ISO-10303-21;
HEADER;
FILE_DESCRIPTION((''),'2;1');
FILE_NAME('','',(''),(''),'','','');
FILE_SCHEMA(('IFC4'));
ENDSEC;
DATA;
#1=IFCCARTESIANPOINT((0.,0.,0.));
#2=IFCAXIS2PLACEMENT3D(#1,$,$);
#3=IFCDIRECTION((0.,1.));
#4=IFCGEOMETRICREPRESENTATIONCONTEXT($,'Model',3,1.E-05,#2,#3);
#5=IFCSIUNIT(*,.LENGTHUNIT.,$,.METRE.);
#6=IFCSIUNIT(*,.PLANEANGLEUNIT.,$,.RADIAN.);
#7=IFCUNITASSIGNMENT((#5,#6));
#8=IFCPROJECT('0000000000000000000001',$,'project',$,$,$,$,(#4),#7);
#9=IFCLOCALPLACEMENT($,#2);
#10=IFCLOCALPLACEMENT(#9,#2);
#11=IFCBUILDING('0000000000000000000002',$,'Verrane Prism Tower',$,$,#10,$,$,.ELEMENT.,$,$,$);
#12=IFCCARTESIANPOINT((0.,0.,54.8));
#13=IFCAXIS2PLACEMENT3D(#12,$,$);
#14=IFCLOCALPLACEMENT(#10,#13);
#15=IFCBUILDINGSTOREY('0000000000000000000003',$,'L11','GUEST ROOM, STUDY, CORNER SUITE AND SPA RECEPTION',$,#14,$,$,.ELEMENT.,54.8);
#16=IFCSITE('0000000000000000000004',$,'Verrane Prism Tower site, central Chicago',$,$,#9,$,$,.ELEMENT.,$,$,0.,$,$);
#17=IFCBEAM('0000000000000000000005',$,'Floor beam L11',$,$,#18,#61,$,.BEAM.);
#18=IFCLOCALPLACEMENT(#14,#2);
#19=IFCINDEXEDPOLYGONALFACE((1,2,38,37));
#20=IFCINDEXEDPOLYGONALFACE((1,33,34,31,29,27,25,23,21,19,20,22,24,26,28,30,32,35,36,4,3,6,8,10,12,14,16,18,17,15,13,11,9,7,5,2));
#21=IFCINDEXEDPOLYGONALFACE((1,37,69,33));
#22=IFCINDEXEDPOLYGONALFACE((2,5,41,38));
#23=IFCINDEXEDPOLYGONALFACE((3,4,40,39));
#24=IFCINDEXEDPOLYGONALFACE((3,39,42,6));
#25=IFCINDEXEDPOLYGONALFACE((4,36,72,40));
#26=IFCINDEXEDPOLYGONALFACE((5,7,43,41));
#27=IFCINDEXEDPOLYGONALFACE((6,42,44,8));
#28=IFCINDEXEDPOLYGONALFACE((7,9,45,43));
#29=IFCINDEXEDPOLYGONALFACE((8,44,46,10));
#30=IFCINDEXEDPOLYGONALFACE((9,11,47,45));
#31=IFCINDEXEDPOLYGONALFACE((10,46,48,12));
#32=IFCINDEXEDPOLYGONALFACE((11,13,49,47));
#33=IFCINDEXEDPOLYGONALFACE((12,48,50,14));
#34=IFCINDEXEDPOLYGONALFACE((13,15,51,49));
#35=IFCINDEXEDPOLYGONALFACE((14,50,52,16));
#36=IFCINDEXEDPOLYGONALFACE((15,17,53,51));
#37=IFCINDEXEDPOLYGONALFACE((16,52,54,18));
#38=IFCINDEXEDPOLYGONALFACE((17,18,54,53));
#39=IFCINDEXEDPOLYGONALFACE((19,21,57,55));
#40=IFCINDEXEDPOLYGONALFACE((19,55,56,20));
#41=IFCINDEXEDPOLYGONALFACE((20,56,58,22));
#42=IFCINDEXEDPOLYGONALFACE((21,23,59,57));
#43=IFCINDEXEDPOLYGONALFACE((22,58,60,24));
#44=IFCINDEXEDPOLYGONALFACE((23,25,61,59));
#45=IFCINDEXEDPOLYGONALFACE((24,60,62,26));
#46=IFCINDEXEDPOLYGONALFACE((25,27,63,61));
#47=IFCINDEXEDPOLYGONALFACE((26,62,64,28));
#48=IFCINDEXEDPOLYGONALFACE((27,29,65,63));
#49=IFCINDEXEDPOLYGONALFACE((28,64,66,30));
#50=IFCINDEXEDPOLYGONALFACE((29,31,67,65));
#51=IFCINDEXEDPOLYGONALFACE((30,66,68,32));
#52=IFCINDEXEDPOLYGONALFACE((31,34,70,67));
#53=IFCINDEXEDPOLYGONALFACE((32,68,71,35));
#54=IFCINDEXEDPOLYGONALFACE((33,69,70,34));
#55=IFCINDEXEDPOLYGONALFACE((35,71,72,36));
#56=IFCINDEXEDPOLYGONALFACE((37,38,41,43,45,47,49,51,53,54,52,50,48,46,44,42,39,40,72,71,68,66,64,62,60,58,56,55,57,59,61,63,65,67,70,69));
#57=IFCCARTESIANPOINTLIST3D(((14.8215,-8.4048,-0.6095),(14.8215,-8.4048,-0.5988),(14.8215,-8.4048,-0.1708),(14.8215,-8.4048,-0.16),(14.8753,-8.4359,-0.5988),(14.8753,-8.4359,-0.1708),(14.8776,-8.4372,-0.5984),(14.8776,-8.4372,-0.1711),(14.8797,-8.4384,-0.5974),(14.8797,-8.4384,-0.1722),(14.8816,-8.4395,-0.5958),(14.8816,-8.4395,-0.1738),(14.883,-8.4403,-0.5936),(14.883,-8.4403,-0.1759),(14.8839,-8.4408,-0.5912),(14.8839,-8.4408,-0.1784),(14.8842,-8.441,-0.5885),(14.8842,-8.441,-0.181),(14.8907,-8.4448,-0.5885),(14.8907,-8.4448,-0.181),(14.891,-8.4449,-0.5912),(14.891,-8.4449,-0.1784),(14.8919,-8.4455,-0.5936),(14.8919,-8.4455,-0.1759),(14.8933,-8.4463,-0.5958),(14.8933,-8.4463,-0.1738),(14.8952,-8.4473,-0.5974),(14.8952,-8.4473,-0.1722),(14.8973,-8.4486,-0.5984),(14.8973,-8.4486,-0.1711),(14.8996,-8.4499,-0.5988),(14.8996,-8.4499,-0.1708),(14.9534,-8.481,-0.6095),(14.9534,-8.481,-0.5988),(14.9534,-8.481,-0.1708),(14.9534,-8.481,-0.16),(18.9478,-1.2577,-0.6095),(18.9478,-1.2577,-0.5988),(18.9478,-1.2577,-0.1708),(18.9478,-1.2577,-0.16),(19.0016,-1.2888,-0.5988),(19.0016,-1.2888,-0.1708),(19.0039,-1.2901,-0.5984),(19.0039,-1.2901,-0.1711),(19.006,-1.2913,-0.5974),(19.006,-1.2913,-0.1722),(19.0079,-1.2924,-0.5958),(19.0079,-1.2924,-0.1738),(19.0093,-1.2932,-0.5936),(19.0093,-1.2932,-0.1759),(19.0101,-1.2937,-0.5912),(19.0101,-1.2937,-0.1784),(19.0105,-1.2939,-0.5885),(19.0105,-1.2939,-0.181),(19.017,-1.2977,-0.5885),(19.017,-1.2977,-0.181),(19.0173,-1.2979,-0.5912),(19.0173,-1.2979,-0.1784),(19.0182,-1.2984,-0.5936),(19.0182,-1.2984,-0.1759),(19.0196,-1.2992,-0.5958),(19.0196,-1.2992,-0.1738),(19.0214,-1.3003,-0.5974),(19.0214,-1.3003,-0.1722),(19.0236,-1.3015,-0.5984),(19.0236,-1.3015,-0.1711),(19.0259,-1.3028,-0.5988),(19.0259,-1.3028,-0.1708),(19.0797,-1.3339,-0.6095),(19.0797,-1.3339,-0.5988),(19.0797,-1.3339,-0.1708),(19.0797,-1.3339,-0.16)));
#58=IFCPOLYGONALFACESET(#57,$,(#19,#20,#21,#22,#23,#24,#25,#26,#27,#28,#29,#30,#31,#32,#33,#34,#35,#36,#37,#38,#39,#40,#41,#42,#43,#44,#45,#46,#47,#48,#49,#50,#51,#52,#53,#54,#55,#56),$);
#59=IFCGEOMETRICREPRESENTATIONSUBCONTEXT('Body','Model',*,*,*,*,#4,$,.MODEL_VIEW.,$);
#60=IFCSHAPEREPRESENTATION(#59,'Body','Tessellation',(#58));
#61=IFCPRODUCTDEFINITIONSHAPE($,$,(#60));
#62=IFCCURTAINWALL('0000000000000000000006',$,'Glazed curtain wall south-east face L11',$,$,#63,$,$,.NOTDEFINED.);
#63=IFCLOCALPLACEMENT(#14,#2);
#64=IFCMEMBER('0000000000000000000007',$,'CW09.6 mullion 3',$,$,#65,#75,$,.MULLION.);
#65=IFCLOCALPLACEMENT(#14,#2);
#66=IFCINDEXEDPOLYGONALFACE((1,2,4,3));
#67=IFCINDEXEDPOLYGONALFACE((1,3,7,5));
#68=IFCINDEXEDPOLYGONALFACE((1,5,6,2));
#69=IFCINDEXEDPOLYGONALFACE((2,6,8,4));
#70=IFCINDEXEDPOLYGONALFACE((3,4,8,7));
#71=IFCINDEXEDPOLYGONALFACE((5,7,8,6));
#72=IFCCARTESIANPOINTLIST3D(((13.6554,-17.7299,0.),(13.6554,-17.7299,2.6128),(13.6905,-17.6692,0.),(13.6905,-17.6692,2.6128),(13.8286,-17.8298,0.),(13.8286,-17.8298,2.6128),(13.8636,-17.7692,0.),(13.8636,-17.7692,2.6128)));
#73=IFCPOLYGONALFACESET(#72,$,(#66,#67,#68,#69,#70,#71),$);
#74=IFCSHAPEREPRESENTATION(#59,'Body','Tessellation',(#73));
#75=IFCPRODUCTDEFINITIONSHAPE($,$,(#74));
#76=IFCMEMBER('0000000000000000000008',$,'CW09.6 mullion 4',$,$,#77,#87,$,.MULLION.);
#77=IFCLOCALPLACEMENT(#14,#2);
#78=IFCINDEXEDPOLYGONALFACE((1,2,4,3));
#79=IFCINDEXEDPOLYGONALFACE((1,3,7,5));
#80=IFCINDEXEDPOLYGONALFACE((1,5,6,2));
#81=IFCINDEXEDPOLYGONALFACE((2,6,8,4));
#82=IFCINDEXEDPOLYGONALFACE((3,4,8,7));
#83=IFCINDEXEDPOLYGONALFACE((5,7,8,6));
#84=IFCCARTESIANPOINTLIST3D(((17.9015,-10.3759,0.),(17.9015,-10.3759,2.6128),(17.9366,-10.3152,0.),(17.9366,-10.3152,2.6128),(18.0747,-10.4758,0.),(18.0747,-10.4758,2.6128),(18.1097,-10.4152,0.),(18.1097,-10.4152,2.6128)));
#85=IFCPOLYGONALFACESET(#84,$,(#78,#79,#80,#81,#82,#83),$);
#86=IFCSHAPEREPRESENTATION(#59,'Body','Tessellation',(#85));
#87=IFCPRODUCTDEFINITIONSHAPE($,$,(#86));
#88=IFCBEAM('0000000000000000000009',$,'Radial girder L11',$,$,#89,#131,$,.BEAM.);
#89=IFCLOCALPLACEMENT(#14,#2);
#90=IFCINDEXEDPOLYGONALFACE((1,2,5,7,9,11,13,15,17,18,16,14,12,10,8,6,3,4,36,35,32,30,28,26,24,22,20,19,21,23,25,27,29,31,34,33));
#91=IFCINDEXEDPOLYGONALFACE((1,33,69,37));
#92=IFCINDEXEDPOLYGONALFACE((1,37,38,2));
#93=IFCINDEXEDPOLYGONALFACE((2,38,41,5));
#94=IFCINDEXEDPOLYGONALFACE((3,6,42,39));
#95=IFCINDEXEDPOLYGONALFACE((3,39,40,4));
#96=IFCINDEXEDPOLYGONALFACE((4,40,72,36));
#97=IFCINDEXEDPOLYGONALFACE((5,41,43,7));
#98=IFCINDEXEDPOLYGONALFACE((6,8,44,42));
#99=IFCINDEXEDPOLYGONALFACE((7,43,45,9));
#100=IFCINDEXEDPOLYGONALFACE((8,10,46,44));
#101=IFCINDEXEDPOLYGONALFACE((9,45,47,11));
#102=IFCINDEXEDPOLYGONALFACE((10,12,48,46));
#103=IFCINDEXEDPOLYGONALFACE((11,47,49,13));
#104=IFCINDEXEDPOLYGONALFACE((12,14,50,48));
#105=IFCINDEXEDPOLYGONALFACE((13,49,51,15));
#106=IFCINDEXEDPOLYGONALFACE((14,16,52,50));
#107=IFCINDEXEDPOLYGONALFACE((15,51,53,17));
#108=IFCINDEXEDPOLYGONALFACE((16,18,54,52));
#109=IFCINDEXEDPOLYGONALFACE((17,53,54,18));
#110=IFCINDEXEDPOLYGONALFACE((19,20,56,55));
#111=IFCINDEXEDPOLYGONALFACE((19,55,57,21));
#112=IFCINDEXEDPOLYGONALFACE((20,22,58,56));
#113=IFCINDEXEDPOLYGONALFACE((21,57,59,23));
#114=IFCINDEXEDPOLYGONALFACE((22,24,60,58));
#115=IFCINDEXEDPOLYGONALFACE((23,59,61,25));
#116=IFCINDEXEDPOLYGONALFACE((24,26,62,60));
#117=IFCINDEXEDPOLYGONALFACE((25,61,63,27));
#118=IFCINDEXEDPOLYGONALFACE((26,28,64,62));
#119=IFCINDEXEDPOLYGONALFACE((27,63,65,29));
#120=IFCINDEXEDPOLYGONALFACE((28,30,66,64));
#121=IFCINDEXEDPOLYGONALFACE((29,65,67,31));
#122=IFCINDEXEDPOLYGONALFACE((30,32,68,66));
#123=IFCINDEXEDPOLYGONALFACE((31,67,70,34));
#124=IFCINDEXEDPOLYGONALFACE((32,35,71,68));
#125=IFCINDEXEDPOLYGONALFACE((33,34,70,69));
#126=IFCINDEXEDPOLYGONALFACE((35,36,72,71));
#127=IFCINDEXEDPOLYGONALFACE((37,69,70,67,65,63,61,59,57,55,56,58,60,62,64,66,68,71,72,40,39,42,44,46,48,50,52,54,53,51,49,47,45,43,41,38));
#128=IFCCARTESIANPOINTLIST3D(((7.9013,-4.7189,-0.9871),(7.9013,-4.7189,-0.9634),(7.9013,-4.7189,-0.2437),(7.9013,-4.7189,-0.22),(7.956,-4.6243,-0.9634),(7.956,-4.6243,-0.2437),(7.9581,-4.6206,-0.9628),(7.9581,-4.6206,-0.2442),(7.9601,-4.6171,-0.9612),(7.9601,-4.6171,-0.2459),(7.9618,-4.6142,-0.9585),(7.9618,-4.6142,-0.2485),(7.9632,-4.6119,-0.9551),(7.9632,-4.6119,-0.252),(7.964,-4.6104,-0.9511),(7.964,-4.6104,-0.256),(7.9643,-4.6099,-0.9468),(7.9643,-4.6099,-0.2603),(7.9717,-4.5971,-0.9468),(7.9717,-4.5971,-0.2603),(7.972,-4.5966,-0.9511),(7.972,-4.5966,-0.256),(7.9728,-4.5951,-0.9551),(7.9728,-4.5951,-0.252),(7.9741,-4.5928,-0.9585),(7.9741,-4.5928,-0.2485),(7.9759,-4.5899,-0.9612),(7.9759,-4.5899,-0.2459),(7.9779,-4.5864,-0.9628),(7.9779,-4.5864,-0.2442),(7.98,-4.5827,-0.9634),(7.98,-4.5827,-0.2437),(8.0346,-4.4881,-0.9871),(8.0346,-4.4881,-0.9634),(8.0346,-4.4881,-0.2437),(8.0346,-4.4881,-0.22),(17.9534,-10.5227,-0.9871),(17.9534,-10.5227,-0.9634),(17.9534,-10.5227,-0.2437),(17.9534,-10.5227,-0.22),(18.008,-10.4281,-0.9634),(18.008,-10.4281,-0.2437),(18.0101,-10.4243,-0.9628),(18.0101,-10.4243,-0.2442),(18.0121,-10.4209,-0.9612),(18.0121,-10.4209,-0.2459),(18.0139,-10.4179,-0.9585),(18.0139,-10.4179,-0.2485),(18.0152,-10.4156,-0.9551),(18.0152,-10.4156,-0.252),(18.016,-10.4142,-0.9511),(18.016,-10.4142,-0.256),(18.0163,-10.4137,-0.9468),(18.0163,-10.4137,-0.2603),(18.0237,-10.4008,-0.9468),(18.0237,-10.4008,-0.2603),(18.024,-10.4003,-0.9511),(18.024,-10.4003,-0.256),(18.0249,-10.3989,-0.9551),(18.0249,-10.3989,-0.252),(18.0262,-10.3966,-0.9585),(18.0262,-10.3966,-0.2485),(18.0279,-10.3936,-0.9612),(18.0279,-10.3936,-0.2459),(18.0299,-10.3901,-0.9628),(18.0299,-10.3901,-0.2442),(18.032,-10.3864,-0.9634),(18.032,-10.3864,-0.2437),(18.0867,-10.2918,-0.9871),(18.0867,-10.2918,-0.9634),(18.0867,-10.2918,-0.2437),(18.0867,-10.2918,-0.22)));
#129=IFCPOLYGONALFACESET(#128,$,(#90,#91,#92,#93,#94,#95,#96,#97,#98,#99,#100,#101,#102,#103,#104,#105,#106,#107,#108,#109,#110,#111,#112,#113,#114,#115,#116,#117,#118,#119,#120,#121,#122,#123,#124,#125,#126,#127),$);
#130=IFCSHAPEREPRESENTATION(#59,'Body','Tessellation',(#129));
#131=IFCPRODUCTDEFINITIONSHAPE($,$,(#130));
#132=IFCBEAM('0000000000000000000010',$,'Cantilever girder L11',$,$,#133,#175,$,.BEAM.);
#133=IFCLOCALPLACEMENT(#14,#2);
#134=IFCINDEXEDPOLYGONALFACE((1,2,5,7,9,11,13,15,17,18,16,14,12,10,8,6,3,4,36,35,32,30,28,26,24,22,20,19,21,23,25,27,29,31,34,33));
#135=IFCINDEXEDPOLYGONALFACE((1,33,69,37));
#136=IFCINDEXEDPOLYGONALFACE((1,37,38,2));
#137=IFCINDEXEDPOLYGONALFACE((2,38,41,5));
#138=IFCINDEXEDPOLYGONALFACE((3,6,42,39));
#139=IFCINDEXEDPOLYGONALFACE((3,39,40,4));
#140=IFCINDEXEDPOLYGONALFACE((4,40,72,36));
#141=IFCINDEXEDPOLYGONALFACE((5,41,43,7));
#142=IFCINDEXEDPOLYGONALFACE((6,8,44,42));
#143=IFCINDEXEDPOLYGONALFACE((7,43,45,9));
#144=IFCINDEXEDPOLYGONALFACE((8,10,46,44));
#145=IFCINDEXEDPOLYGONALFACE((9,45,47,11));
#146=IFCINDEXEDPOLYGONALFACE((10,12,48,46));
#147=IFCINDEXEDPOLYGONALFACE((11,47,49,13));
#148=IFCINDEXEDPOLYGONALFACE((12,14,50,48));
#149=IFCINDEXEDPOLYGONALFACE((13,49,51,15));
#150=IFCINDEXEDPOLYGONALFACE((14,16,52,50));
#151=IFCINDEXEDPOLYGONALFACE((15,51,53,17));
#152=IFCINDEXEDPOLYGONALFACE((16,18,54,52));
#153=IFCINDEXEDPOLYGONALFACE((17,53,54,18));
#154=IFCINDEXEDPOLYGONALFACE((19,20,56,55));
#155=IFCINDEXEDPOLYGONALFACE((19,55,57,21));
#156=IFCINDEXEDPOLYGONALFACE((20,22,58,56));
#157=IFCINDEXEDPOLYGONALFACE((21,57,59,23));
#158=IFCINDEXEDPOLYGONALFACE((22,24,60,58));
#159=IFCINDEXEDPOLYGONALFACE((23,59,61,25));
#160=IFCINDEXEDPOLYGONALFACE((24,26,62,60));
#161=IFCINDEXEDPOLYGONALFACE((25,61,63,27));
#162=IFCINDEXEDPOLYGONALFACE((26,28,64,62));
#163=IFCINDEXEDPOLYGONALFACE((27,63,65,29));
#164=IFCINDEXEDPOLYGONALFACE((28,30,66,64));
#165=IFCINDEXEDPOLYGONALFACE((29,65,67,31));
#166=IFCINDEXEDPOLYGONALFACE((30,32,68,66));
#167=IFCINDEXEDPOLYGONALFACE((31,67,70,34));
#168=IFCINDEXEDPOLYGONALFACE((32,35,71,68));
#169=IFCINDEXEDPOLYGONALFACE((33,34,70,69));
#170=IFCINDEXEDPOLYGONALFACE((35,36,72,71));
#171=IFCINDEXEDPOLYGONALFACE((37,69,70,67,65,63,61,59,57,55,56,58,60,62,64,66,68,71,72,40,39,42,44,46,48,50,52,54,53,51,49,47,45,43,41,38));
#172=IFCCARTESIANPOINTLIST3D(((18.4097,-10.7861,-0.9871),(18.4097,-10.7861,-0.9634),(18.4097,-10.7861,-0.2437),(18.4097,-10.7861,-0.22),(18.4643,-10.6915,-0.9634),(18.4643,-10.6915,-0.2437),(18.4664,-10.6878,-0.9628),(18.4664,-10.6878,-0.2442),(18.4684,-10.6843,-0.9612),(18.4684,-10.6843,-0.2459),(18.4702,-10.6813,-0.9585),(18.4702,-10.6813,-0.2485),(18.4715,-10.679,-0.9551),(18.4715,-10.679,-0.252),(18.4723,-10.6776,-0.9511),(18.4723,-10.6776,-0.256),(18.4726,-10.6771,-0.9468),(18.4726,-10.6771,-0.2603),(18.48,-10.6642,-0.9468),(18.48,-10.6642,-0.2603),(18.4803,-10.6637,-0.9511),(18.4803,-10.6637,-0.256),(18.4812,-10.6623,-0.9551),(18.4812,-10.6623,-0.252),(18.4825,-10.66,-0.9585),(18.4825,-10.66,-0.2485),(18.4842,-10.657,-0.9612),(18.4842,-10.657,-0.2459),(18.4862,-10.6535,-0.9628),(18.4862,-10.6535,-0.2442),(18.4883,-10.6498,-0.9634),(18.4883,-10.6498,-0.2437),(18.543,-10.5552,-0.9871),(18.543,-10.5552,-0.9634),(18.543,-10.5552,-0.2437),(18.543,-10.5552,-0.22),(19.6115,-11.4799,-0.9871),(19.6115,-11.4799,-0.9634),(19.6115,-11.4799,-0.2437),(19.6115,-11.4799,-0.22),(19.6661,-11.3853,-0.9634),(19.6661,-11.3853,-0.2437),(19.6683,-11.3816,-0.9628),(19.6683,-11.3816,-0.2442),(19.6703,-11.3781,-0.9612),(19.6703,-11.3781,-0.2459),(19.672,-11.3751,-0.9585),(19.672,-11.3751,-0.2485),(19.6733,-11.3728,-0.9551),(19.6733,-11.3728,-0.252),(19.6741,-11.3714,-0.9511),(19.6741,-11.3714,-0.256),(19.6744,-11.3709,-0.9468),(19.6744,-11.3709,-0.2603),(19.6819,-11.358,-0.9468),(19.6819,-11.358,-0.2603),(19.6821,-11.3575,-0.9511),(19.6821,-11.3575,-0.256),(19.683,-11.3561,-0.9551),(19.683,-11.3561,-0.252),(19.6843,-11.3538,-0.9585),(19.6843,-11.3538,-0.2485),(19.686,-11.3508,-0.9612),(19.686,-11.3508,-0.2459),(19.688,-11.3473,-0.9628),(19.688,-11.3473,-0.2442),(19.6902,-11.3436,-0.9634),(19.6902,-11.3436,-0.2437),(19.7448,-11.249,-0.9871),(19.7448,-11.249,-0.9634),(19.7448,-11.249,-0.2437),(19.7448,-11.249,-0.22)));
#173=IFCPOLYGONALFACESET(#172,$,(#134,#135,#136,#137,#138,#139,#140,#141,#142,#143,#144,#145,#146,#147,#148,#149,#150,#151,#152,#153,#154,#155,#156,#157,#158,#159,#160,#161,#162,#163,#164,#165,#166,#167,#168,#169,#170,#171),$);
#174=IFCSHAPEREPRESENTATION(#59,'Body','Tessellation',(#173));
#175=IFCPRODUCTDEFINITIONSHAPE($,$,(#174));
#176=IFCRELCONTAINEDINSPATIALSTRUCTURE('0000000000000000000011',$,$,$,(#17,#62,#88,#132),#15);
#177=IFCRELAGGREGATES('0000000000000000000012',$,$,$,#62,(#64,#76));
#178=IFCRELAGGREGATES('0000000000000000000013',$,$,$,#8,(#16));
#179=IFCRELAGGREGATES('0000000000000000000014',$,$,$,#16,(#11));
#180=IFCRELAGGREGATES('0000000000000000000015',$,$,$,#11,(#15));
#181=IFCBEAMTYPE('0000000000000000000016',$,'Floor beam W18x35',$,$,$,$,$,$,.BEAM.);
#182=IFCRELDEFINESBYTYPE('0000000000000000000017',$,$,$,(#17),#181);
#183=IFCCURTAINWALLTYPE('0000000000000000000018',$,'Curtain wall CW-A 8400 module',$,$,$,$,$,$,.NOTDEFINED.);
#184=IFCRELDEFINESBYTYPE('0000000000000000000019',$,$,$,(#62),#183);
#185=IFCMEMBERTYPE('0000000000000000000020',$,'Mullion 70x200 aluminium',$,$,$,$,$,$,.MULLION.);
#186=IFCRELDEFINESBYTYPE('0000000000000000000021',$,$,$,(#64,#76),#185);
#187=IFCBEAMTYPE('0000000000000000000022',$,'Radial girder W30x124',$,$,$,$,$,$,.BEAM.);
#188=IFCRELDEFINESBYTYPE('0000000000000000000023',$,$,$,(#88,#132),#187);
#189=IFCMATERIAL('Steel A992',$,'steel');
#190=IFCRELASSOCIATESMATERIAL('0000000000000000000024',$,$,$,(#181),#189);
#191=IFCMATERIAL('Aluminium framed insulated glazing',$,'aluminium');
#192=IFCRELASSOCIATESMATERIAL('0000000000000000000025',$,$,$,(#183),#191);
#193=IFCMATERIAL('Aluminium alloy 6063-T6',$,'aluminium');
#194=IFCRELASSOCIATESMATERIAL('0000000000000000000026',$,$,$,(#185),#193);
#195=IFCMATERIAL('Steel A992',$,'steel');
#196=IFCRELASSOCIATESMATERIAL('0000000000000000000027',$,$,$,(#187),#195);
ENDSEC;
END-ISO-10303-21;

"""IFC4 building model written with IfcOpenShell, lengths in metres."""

from ifc_helpers import new_model, si_unit, direction, frame, origin, origin_2d, place, context, subcontext, project, spatial, rectangle, i_section, extrude, material, material_profile, profile_set, type_object, element, aggregate, save


model = new_model("IFC4")

# Units and contexts
model_context = context("Model", 3, precision=1e-05, world=origin(), true_north=direction((0.0, 1.0)))
body_context = subcontext(model_context, "Body", "Model", "MODEL_VIEW")
ifc_project = project(units=[si_unit("LENGTHUNIT", "METRE"), si_unit("PLANEANGLEUNIT", "RADIAN")], contexts=[model_context])

# Site, building, storey
site_placement = place(None, origin())
site = spatial("IfcSite", under=ifc_project, at=site_placement, Name="Verrane Prism Tower site, central Chicago", CompositionType="ELEMENT", RefElevation=0.0)
building_placement = place(site_placement, origin())
building = spatial("IfcBuilding", under=site, at=building_placement, Name="Verrane Prism Tower", CompositionType="ELEMENT")
storey_placement = place(building_placement, frame((0.0, 0.0, 54.8)))
storey = spatial("IfcBuildingStorey", under=building, at=storey_placement, Name="L11", Description="GUEST ROOM, STUDY, CORNER SUITE AND SPA RECEPTION", CompositionType="ELEMENT", Elevation=54.8)

# Beam
ifc_material_1 = material(Name="Steel A992", Category="steel")
ifc_material_profile_1 = material_profile(ifc_material_1, i_section(OverallWidth=0.1523, OverallDepth=0.4495, WebThickness=0.0076, FlangeThickness=0.0107, FilletRadius=0.0103, at=origin_2d()), Name="W18x35")
ifc_profile_set_1 = profile_set([ifc_material_profile_1], Name="Steel A992")
beam_type_1 = type_object("IfcBeamType", Name="Floor beam W18x35", PredefinedType="BEAM", material=ifc_profile_set_1)
beam_1_placement = place(storey_placement, frame((14.8875, -8.4429, -0.3848), z_axis=(0.499992, 0.86603, 0.0), x_axis=(-0.86603, 0.499992, 0.0)))
element("IfcBeam", 1, at=beam_1_placement, inside=storey, type_object=beam_type_1, Name="Floor beam L11", PredefinedType="BEAM", context=body_context, shape_type="SweptSolid", body=[
    extrude(i_section(OverallWidth=0.1523, OverallDepth=0.4495, WebThickness=0.0076, FlangeThickness=0.0107, FilletRadius=0.0103, at=origin_2d()), origin(), (0.0, 0.0, 1.0), 8.2527),
])

# Curtain wall, members
ifc_material_2 = material(Name="Aluminium framed insulated glazing", Category="aluminium")
curtain_wall_type = type_object("IfcCurtainWallType", Name="Curtain wall CW-A 8400 module", PredefinedType="NOTDEFINED", material=ifc_material_2)
curtain_wall_placement = place(storey_placement, origin())
curtain_wall = element("IfcCurtainWall", 2, at=curtain_wall_placement, inside=storey, type_object=curtain_wall_type, Name="Glazed curtain wall south-east face L11", PredefinedType="NOTDEFINED")
ifc_material_3 = material(Name="Aluminium alloy 6063-T6", Category="aluminium")
ifc_material_profile_2 = material_profile(ifc_material_3, rectangle(XDim=0.2, YDim=0.0701, at=origin_2d()), Name="Mullion 70x200 aluminium")
ifc_profile_set_2 = profile_set([ifc_material_profile_2], Name="Aluminium alloy 6063-T6")
member_type_1 = type_object("IfcMemberType", Name="Mullion 70x200 aluminium", PredefinedType="MULLION", material=ifc_profile_set_2)
member_1_placement = place(storey_placement, frame((13.7595, -17.7495, 0.0), z_axis=(0.0, 0.0, 1.0), x_axis=(-0.866026, 0.499999, 0.0)))
member_1 = element("IfcMember", 3, at=member_1_placement, type_object=member_type_1, Name="CW09.6 mullion 3", PredefinedType="MULLION", context=body_context, shape_type="SweptSolid", body=[
    extrude(rectangle(XDim=0.2, YDim=0.0701, at=origin_2d()), origin(), (0.0, 0.0, 1.0), 2.6128),
])
member_2_placement = place(storey_placement, frame((18.0056, -10.3955, 0.0), z_axis=(0.0, 0.0, 1.0), x_axis=(-0.866026, 0.499999, 0.0)))
member_2 = element("IfcMember", 4, at=member_2_placement, type_object=member_type_1, Name="CW09.6 mullion 4", PredefinedType="MULLION", context=body_context, shape_type="SweptSolid", body=[
    extrude(rectangle(XDim=0.2, YDim=0.0701, at=origin_2d()), origin(), (0.0, 0.0, 1.0), 2.6128),
])

# Beams
ifc_material_4 = material(Name="Steel A992", Category="steel")
ifc_material_profile_3 = material_profile(ifc_material_4, i_section(OverallWidth=0.2666, OverallDepth=0.7671, WebThickness=0.0149, FlangeThickness=0.0237, FilletRadius=0.0166, at=origin_2d()), Name="W30x124")
ifc_profile_set_3 = profile_set([ifc_material_profile_3], Name="Steel A992")
beam_type_2 = type_object("IfcBeamType", Name="Radial girder W30x124", PredefinedType="BEAM", material=ifc_profile_set_3)
beam_2_placement = place(storey_placement, frame((18.02, -10.4072, -0.6035), z_axis=(-0.866019, 0.500012, 0.0), x_axis=(-0.500012, -0.866019, 0.0)))
element("IfcBeam", 5, at=beam_2_placement, inside=storey, type_object=beam_type_2, Name="Radial girder L11", PredefinedType="BEAM", context=body_context, shape_type="SweptSolid", body=[
    extrude(i_section(OverallWidth=0.2666, OverallDepth=0.7671, WebThickness=0.0149, FlangeThickness=0.0237, FilletRadius=0.0166, at=origin_2d()), origin(), (0.0, 0.0, 1.0), 11.6072),
])
beam_3_placement = place(storey_placement, frame((18.4763, -10.6707, -0.6035), z_axis=(0.866048, -0.499961, 0.0), x_axis=(0.499961, 0.866048, 0.0)))
element("IfcBeam", 6, at=beam_3_placement, inside=storey, type_object=beam_type_2, Name="Cantilever girder L11", PredefinedType="BEAM", context=body_context, shape_type="SweptSolid", body=[
    extrude(i_section(OverallWidth=0.2666, OverallDepth=0.7671, WebThickness=0.0149, FlangeThickness=0.0237, FilletRadius=0.0166, at=origin_2d()), origin(), (0.0, 0.0, 1.0), 1.3877),
])

aggregate(curtain_wall, [member_1, member_2])

save(model, "model.ifc")
